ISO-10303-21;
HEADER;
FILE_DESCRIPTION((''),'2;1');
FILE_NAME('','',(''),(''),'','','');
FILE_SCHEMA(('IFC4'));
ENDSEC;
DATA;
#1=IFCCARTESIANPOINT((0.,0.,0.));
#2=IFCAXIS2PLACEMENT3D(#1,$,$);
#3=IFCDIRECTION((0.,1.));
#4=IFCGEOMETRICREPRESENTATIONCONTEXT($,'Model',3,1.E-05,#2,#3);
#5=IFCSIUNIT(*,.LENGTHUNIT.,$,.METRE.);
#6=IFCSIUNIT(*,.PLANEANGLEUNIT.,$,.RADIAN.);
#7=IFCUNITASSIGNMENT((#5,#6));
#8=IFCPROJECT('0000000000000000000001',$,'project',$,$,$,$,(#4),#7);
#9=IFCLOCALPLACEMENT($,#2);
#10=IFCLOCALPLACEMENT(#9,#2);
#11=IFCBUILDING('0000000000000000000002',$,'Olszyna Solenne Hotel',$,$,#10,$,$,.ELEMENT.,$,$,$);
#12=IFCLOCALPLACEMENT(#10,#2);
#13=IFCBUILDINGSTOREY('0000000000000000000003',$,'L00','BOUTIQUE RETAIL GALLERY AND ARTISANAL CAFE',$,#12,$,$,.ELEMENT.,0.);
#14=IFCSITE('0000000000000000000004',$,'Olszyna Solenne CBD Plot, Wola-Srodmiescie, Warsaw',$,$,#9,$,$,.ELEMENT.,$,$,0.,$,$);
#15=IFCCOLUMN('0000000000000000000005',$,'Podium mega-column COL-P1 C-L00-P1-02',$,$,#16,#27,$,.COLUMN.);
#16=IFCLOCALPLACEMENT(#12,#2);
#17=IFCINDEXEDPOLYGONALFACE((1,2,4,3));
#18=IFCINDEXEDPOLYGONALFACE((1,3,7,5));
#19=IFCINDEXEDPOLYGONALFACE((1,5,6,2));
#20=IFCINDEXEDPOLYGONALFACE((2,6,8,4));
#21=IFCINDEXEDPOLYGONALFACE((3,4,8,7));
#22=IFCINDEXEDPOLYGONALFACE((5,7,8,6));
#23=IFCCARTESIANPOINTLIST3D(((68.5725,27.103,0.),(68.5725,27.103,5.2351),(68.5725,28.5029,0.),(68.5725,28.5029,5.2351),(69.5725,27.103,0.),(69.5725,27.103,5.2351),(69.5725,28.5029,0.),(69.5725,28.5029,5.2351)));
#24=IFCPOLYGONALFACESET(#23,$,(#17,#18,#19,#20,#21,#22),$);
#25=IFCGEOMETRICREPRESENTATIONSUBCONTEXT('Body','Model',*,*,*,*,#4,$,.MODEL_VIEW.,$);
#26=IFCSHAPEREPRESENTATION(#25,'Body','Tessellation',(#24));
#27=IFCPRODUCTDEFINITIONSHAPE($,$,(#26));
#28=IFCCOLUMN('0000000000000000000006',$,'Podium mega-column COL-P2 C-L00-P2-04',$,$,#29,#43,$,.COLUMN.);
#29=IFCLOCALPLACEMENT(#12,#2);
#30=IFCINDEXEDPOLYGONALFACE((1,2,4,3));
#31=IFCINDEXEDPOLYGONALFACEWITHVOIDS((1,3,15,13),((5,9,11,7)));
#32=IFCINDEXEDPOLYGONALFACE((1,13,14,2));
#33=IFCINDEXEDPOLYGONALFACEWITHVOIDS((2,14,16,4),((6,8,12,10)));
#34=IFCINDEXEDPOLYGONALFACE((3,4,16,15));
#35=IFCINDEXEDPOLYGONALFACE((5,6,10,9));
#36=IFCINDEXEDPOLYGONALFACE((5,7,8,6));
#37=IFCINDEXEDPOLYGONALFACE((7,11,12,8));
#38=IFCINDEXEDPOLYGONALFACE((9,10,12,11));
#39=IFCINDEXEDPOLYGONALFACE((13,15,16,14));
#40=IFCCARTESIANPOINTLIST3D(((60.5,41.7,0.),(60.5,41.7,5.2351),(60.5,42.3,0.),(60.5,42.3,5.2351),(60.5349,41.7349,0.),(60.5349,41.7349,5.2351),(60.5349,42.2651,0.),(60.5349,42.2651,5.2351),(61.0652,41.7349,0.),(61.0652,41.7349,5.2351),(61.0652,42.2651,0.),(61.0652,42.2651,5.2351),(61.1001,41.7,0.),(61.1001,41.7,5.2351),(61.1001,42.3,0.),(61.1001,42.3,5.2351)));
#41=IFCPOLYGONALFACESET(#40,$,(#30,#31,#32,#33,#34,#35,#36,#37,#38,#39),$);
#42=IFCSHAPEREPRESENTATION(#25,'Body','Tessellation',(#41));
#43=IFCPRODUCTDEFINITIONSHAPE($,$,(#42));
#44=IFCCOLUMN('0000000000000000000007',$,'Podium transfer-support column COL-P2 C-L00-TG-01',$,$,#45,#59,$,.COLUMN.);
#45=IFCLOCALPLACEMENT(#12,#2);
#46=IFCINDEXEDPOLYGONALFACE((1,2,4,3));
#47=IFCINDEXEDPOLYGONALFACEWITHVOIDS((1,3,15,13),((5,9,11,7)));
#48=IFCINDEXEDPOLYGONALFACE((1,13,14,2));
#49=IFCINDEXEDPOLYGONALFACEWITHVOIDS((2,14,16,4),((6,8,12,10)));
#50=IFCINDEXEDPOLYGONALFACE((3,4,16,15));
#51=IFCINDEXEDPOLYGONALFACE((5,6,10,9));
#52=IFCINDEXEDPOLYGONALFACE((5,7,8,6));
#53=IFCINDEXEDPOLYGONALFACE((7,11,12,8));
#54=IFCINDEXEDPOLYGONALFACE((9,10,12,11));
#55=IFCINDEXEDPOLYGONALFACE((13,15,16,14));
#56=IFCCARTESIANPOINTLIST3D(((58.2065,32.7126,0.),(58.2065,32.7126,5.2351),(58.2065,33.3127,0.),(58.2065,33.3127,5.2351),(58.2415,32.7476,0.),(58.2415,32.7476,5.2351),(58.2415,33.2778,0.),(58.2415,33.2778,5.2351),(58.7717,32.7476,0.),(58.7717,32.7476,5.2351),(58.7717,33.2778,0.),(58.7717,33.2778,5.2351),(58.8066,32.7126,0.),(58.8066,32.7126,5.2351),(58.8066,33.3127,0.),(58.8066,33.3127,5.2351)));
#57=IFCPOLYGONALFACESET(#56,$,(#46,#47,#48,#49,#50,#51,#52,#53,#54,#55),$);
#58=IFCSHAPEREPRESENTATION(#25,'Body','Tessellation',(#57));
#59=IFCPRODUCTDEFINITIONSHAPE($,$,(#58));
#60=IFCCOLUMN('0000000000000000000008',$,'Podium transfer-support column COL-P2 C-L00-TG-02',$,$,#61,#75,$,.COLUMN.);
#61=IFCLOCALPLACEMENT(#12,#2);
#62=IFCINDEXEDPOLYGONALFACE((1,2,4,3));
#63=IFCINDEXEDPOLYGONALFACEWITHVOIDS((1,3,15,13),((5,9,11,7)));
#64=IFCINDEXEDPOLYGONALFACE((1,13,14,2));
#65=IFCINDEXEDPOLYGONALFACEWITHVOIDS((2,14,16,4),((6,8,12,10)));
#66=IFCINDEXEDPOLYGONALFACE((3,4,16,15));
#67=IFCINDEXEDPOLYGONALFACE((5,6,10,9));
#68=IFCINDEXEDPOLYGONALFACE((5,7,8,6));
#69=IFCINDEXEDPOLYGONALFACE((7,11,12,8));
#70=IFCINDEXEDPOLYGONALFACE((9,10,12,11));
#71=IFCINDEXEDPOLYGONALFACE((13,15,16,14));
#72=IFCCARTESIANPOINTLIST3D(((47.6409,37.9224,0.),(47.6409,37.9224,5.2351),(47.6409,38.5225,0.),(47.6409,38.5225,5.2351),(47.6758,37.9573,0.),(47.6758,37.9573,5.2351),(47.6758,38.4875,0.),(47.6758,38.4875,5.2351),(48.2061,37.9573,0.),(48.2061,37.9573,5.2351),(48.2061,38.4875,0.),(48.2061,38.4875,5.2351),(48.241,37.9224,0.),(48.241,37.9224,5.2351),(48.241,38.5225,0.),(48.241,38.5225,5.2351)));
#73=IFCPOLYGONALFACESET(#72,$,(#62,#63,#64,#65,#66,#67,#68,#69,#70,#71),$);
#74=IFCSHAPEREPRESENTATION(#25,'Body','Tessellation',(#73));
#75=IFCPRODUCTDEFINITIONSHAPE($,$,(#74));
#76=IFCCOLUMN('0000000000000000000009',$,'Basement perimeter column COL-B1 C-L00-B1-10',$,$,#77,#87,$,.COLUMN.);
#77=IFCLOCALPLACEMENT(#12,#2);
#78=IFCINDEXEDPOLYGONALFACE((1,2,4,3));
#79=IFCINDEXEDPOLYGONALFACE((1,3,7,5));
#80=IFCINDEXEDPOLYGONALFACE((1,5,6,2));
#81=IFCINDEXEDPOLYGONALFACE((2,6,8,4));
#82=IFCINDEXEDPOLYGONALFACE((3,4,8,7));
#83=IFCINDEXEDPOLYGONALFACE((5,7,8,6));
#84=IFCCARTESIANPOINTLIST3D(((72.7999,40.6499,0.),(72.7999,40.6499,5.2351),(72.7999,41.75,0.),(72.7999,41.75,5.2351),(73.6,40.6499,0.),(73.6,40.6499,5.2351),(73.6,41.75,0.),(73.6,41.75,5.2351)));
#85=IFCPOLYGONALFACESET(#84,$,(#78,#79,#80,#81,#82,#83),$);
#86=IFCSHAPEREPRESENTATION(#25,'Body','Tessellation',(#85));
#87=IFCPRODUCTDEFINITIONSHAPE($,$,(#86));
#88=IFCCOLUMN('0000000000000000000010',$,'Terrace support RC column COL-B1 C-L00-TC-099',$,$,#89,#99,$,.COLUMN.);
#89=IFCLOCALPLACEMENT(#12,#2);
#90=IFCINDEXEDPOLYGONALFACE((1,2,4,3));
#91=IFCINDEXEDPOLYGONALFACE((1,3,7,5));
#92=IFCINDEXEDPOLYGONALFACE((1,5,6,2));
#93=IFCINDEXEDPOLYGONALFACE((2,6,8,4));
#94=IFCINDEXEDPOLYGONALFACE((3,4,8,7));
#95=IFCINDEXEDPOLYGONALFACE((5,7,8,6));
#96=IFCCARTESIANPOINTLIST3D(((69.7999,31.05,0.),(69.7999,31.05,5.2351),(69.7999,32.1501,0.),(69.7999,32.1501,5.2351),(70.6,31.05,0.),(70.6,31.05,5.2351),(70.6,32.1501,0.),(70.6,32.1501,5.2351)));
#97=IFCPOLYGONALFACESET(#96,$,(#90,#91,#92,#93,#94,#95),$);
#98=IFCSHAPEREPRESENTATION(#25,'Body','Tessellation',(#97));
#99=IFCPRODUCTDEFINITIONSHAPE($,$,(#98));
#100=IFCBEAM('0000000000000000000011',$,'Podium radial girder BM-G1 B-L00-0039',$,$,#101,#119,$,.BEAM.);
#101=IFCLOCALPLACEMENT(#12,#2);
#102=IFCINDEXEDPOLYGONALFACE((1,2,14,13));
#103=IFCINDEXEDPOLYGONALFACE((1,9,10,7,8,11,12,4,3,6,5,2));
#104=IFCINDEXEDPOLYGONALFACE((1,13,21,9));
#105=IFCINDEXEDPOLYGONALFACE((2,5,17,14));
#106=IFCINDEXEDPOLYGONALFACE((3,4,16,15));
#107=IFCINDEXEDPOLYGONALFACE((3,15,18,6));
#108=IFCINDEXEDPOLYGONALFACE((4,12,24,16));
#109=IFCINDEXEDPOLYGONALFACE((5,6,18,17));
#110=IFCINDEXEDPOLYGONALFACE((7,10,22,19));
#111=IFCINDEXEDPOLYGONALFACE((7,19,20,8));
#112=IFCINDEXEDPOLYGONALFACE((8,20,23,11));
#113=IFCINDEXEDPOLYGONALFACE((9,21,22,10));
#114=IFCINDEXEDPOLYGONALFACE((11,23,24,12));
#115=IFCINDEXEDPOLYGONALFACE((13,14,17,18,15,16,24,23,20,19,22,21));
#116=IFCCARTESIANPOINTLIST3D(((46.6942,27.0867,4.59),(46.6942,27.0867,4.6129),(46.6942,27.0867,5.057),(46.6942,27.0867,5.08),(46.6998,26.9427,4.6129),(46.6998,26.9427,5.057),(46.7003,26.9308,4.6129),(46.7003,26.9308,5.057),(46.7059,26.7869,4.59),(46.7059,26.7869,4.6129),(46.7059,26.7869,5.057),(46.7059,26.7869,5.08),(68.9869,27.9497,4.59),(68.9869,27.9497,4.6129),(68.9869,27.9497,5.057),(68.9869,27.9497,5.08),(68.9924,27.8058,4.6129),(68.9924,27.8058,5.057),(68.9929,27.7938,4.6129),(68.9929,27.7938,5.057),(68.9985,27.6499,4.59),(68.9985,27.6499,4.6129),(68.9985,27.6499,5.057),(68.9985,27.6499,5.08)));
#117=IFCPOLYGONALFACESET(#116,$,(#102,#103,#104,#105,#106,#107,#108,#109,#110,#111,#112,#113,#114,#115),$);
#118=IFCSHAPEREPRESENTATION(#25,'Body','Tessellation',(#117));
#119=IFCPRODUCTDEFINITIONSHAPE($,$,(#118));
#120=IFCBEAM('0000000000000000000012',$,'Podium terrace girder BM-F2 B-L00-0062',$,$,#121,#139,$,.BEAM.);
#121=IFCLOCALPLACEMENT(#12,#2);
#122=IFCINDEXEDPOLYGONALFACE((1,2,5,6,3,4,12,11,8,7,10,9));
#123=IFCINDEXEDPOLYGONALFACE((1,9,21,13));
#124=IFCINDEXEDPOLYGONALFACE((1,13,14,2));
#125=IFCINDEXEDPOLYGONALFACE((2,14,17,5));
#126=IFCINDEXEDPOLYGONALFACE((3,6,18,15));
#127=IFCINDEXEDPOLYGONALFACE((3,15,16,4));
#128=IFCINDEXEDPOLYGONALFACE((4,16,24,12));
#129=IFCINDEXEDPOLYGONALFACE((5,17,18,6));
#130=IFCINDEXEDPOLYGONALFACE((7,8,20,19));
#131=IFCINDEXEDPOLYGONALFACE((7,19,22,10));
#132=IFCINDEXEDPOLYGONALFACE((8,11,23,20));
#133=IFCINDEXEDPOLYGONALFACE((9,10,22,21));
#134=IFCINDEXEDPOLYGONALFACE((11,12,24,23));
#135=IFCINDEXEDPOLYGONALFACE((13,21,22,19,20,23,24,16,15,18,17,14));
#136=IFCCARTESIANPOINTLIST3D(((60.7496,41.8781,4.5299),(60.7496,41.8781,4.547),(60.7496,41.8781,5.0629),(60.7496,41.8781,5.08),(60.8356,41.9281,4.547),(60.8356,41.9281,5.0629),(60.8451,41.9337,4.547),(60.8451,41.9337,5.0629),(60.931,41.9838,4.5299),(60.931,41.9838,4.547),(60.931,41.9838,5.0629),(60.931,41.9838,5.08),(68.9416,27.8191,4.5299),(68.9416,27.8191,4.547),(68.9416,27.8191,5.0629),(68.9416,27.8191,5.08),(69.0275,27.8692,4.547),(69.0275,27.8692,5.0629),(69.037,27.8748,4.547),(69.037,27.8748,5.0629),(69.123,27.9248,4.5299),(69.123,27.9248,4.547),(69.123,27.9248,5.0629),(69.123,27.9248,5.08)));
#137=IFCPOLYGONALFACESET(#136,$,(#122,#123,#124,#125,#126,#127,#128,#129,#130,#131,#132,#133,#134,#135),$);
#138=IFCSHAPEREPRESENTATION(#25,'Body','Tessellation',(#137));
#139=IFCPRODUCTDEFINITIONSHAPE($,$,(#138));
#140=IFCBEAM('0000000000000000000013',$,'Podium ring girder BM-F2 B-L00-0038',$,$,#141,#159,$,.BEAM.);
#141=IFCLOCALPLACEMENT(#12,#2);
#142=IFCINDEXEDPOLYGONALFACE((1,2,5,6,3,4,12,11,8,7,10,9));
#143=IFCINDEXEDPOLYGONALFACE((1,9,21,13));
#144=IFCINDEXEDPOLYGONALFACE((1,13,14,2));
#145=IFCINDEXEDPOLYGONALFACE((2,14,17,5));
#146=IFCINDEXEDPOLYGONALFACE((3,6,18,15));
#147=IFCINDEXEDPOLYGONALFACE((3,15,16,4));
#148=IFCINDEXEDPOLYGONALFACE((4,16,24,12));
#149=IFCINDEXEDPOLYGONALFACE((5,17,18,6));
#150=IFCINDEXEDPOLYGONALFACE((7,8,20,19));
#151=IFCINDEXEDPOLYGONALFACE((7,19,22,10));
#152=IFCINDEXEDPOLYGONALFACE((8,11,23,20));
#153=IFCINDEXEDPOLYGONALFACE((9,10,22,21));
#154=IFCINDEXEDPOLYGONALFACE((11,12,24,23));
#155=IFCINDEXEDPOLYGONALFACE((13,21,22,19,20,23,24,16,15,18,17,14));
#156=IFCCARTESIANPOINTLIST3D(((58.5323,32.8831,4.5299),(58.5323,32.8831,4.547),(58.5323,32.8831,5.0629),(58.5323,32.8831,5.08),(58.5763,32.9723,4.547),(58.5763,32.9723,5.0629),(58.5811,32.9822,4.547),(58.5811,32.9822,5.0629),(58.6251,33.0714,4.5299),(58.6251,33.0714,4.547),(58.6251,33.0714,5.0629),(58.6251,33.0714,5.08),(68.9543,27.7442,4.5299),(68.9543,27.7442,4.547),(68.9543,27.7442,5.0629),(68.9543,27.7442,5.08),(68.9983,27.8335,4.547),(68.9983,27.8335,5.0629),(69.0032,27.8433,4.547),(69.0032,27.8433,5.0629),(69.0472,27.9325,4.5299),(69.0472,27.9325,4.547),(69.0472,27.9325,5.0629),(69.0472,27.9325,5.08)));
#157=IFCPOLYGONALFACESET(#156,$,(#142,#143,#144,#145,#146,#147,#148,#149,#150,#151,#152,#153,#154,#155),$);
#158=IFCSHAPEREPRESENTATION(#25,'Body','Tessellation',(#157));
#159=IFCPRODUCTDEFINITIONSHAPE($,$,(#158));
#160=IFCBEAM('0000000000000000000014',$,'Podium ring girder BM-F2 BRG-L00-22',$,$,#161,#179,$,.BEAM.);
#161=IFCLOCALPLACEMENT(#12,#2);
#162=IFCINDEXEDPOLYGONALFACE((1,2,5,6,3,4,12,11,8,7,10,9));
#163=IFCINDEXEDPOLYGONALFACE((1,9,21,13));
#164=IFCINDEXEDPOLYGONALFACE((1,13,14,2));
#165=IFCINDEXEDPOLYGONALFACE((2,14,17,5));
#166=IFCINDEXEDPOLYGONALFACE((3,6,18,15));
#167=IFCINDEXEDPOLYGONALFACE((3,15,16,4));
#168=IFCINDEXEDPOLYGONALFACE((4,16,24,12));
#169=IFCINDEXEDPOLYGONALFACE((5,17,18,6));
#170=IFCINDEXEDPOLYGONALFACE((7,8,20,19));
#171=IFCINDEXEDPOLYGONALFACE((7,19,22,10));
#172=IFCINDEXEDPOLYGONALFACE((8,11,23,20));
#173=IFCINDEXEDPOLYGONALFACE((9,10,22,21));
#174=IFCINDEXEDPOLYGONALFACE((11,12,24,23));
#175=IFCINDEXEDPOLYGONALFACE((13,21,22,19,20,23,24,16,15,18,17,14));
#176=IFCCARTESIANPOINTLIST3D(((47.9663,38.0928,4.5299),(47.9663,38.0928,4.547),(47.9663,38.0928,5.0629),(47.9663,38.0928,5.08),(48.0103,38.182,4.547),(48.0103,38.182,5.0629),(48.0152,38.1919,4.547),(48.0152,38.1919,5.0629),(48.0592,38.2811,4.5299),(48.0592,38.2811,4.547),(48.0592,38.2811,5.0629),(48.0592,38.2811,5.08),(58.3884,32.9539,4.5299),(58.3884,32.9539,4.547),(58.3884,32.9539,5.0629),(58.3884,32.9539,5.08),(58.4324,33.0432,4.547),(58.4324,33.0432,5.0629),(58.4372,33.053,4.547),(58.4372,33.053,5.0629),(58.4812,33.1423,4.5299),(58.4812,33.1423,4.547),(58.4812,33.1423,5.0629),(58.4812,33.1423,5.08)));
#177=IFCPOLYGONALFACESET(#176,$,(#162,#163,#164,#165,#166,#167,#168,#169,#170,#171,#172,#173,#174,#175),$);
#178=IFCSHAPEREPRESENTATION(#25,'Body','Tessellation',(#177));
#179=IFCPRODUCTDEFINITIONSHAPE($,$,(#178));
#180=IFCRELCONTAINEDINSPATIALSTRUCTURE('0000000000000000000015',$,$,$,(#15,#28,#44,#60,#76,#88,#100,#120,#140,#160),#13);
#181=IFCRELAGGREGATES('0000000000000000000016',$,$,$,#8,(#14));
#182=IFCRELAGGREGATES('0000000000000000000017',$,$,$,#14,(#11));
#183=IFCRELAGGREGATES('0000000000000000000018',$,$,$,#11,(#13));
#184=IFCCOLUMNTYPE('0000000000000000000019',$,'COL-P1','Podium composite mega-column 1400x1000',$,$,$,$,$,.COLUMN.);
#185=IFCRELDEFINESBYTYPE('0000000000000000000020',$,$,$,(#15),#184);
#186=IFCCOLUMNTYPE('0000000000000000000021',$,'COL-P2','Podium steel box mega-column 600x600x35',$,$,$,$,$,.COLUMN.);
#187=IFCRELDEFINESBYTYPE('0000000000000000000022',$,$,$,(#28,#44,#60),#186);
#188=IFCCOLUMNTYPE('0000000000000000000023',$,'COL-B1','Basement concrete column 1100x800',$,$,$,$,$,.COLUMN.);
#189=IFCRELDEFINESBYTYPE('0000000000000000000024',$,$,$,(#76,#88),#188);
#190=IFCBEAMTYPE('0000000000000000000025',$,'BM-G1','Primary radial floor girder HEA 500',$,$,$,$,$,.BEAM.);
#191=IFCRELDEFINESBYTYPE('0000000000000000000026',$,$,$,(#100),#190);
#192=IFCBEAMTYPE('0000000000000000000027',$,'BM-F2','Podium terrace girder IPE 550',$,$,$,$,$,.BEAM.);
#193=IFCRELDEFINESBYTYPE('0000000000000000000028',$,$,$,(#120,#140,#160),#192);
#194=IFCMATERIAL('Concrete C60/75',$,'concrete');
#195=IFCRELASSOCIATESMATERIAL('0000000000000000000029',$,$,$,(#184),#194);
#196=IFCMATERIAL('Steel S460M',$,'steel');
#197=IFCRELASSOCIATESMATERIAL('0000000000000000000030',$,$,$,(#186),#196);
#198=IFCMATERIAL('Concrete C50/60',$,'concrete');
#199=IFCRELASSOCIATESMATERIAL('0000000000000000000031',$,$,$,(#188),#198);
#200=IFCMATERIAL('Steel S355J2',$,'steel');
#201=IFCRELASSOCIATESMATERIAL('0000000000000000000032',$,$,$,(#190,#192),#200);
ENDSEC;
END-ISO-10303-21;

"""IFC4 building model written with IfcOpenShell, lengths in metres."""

from ifc_helpers import new_model, si_unit, direction, frame, origin, origin_2d, place, context, subcontext, project, spatial, rectangle, hollow_rectangle, i_section, extrude, source, transform, mapped, material, material_profile, profile_set, type_object, element, save


model = new_model("IFC4")

# Units and contexts
model_context = context("Model", 3, precision=1e-05, world=origin(), true_north=direction((0.0, 1.0)))
body_context = subcontext(model_context, "Body", "Model", "MODEL_VIEW")
ifc_project = project(units=[si_unit("LENGTHUNIT", "METRE"), si_unit("PLANEANGLEUNIT", "RADIAN")], contexts=[model_context])

# Site, building, storey
site_placement = place(None, origin())
site = spatial("IfcSite", under=ifc_project, at=site_placement, Name="Olszyna Solenne CBD Plot, Wola-Srodmiescie, Warsaw", CompositionType="ELEMENT", RefElevation=0.0)
building_placement = place(site_placement, origin())
building = spatial("IfcBuilding", under=site, at=building_placement, Name="Olszyna Solenne Hotel", CompositionType="ELEMENT")
storey_placement = place(building_placement, origin())
storey = spatial("IfcBuildingStorey", under=building, at=storey_placement, Name="L00", Description="BOUTIQUE RETAIL GALLERY AND ARTISANAL CAFE", CompositionType="ELEMENT", Elevation=0.0)

# Columns
ifc_material_1 = material(Name="Concrete C60/75", Category="concrete")
ifc_material_profile_1 = material_profile(ifc_material_1, rectangle(XDim=1.0, YDim=1.3999, at=origin_2d()), Name="RC 1400x1000", Category="load-bearing")
ifc_profile_set_1 = profile_set([ifc_material_profile_1], Name="Concrete C60/75")
column_type_1 = type_object("IfcColumnType", Name="COL-P1", Description="Podium composite mega-column 1400x1000", PredefinedType="COLUMN", material=ifc_profile_set_1)
shared_shape_1 = source(origin(), body_context, "Body", "SweptSolid", [
    extrude(rectangle(XDim=1.0, YDim=1.3999, at=origin_2d()), origin(), (0.0, 0.0, 1.0), 5.2351),
])
column_placement = place(storey_placement, frame((69.0725, 27.803, 0.0), z_axis=(0.0, 0.0, 1.0), x_axis=(1.0, 0.0, 0.0)))
element("IfcColumn", 1, at=column_placement, inside=storey, type_object=column_type_1, Name="Podium mega-column COL-P1 C-L00-P1-02", PredefinedType="COLUMN", context=body_context, shape_type="MappedRepresentation", body=[
    mapped(shared_shape_1, transform((0.0, 0.0, 0.0), x_axis=(1.0, 0.0, 0.0), y_axis=(0.0, 1.0, 0.0), z_axis=(0.0, 0.0, 1.0), scale=1.0)),
])
ifc_material_2 = material(Name="Steel S460M", Category="steel")
ifc_material_profile_2 = material_profile(ifc_material_2, hollow_rectangle(XDim=0.6001, YDim=0.6001, WallThickness=0.0349, at=origin_2d()), Name="SHS 600x600x35", Category="load-bearing")
ifc_profile_set_2 = profile_set([ifc_material_profile_2], Name="Steel S460M")
column_type_2 = type_object("IfcColumnType", Name="COL-P2", Description="Podium steel box mega-column 600x600x35", PredefinedType="COLUMN", material=ifc_profile_set_2)
shared_shape_2 = source(origin(), body_context, "Body", "SweptSolid", [
    extrude(hollow_rectangle(XDim=0.6001, YDim=0.6001, WallThickness=0.0349, at=origin_2d()), origin(), (0.0, 0.0, 1.0), 5.2351),
])
for number, where, z_axis, x_axis, name in (
    (2, (60.8, 42.0, 0.0), (0.0, 0.0, 1.0), (1.0, 0.0, 0.0), "Podium mega-column COL-P2 C-L00-P2-04"),
    (3, (58.5066, 33.0127, 0.0), (0.0, 0.0, 1.0), (1.0, 0.0, 0.0), "Podium transfer-support column COL-P2 C-L00-TG-01"),
    (4, (47.9409, 38.2224, 0.0), (0.0, 0.0, 1.0), (1.0, 0.0, 0.0), "Podium transfer-support column COL-P2 C-L00-TG-02"),
):
    element("IfcColumn", number, at=place(storey_placement, frame(where, z_axis=z_axis, x_axis=x_axis)), inside=storey, type_object=column_type_2, Name=name, PredefinedType="COLUMN", context=body_context, shape_type="MappedRepresentation", body=[
        mapped(shared_shape_2, transform((0.0, 0.0, 0.0), x_axis=(1.0, 0.0, 0.0), y_axis=(0.0, 1.0, 0.0), z_axis=(0.0, 0.0, 1.0), scale=1.0)),
    ])
ifc_material_3 = material(Name="Concrete C50/60", Category="concrete")
ifc_material_profile_3 = material_profile(ifc_material_3, rectangle(XDim=0.8, YDim=1.1001, at=origin_2d()), Name="RC 1100x800", Category="load-bearing")
ifc_profile_set_3 = profile_set([ifc_material_profile_3], Name="Concrete C50/60")
column_type_3 = type_object("IfcColumnType", Name="COL-B1", Description="Basement concrete column 1100x800", PredefinedType="COLUMN", material=ifc_profile_set_3)
shared_shape_3 = source(origin(), body_context, "Body", "SweptSolid", [
    extrude(rectangle(XDim=0.8, YDim=1.1001, at=origin_2d()), origin(), (0.0, 0.0, 1.0), 5.2351),
])
for number, where, z_axis, x_axis, name in (
    (5, (73.2, 41.2, 0.0), (0.0, 0.0, 1.0), (1.0, 0.0, 0.0), "Basement perimeter column COL-B1 C-L00-B1-10"),
    (6, (70.2, 31.6001, 0.0), (0.0, 0.0, 1.0), (1.0, 0.0, 0.0), "Terrace support RC column COL-B1 C-L00-TC-099"),
):
    element("IfcColumn", number, at=place(storey_placement, frame(where, z_axis=z_axis, x_axis=x_axis)), inside=storey, type_object=column_type_3, Name=name, PredefinedType="COLUMN", context=body_context, shape_type="MappedRepresentation", body=[
        mapped(shared_shape_3, transform((0.0, 0.0, 0.0), x_axis=(1.0, 0.0, 0.0), y_axis=(0.0, 1.0, 0.0), z_axis=(0.0, 0.0, 1.0), scale=1.0)),
    ])

# Beams
ifc_material_4 = material(Name="Steel S355J2", Category="steel")
ifc_material_profile_4 = material_profile(ifc_material_4, i_section(OverallWidth=0.3, OverallDepth=0.49, WebThickness=0.012, FlangeThickness=0.0229, at=origin_2d()), Name="HEA 500", Category="load-bearing")
ifc_profile_set_4 = profile_set([ifc_material_profile_4], Name="Steel S355J2")
beam_type_1 = type_object("IfcBeamType", Name="BM-G1", Description="Primary radial floor girder HEA 500", PredefinedType="BEAM", material=ifc_profile_set_4)
shared_shape_4 = source(origin(), body_context, "Body", "SweptSolid", [
    extrude(i_section(OverallWidth=0.3, OverallDepth=0.49, WebThickness=0.012, FlangeThickness=0.0229, at=origin_2d()), origin(), (0.0, 0.0, 1.0), 22.3093),
])
beam_1_placement = place(storey_placement, frame((68.9927, 27.7998, 4.835), z_axis=(-0.999251, -0.038685, 0.0), x_axis=(0.038685, -0.999251, 0.0)))
element("IfcBeam", 7, at=beam_1_placement, inside=storey, type_object=beam_type_1, Name="Podium radial girder BM-G1 B-L00-0039", PredefinedType="BEAM", context=body_context, shape_type="MappedRepresentation", body=[
    mapped(shared_shape_4, transform((0.0, 0.0, 0.0), x_axis=(1.0, 0.0, 0.0), y_axis=(0.0, 1.0, 0.0), z_axis=(0.0, 0.0, 1.0), scale=1.0)),
])
ifc_material_profile_5 = material_profile(ifc_material_4, i_section(OverallWidth=0.21, OverallDepth=0.55, WebThickness=0.011, FlangeThickness=0.0171, at=origin_2d()), Name="IPE 550", Category="load-bearing")
ifc_profile_set_5 = profile_set([ifc_material_profile_5], Name="Steel S355J2")
beam_type_2 = type_object("IfcBeamType", Name="BM-F2", Description="Podium terrace girder IPE 550", PredefinedType="BEAM", material=ifc_profile_set_5)
shared_shape_5 = source(origin(), body_context, "Body", "SweptSolid", [
    extrude(i_section(OverallWidth=0.21, OverallDepth=0.55, WebThickness=0.011, FlangeThickness=0.0171, at=origin_2d()), origin(), (0.0, 0.0, 1.0), 16.2715),
])
beam_2_placement = place(storey_placement, frame((60.8403, 41.9309, 4.8049), z_axis=(0.503454, -0.864022, 0.0), x_axis=(0.864022, 0.503454, 0.0)))
element("IfcBeam", 8, at=beam_2_placement, inside=storey, type_object=beam_type_2, Name="Podium terrace girder BM-F2 B-L00-0062", PredefinedType="BEAM", context=body_context, shape_type="MappedRepresentation", body=[
    mapped(shared_shape_5, transform((0.0, 0.0, 0.0), x_axis=(1.0, 0.0, 0.0), y_axis=(0.0, 1.0, 0.0), z_axis=(0.0, 0.0, 1.0), scale=1.0)),
])
shared_shape_6 = source(origin(), body_context, "Body", "SweptSolid", [
    extrude(i_section(OverallWidth=0.21, OverallDepth=0.55, WebThickness=0.011, FlangeThickness=0.0171, at=origin_2d()), origin(), (0.0, 0.0, 1.0), 11.6201),
])
for number, where, z_axis, x_axis, name in (
    (9, (69.0007, 27.8384, 4.8049), (-0.896897, 0.44224, 0.0), (-0.44224, -0.896897, 0.0), "Podium ring girder BM-F2 B-L00-0038"),
    (10, (58.4348, 33.0481, 4.8049), (-0.896897, 0.44224, 0.0), (-0.44224, -0.896897, 0.0), "Podium ring girder BM-F2 BRG-L00-22"),
):
    element("IfcBeam", number, at=place(storey_placement, frame(where, z_axis=z_axis, x_axis=x_axis)), inside=storey, type_object=beam_type_2, Name=name, PredefinedType="BEAM", context=body_context, shape_type="MappedRepresentation", body=[
        mapped(shared_shape_6, transform((0.0, 0.0, 0.0), x_axis=(1.0, 0.0, 0.0), y_axis=(0.0, 1.0, 0.0), z_axis=(0.0, 0.0, 1.0), scale=1.0)),
    ])

save(model, "model.ifc")
